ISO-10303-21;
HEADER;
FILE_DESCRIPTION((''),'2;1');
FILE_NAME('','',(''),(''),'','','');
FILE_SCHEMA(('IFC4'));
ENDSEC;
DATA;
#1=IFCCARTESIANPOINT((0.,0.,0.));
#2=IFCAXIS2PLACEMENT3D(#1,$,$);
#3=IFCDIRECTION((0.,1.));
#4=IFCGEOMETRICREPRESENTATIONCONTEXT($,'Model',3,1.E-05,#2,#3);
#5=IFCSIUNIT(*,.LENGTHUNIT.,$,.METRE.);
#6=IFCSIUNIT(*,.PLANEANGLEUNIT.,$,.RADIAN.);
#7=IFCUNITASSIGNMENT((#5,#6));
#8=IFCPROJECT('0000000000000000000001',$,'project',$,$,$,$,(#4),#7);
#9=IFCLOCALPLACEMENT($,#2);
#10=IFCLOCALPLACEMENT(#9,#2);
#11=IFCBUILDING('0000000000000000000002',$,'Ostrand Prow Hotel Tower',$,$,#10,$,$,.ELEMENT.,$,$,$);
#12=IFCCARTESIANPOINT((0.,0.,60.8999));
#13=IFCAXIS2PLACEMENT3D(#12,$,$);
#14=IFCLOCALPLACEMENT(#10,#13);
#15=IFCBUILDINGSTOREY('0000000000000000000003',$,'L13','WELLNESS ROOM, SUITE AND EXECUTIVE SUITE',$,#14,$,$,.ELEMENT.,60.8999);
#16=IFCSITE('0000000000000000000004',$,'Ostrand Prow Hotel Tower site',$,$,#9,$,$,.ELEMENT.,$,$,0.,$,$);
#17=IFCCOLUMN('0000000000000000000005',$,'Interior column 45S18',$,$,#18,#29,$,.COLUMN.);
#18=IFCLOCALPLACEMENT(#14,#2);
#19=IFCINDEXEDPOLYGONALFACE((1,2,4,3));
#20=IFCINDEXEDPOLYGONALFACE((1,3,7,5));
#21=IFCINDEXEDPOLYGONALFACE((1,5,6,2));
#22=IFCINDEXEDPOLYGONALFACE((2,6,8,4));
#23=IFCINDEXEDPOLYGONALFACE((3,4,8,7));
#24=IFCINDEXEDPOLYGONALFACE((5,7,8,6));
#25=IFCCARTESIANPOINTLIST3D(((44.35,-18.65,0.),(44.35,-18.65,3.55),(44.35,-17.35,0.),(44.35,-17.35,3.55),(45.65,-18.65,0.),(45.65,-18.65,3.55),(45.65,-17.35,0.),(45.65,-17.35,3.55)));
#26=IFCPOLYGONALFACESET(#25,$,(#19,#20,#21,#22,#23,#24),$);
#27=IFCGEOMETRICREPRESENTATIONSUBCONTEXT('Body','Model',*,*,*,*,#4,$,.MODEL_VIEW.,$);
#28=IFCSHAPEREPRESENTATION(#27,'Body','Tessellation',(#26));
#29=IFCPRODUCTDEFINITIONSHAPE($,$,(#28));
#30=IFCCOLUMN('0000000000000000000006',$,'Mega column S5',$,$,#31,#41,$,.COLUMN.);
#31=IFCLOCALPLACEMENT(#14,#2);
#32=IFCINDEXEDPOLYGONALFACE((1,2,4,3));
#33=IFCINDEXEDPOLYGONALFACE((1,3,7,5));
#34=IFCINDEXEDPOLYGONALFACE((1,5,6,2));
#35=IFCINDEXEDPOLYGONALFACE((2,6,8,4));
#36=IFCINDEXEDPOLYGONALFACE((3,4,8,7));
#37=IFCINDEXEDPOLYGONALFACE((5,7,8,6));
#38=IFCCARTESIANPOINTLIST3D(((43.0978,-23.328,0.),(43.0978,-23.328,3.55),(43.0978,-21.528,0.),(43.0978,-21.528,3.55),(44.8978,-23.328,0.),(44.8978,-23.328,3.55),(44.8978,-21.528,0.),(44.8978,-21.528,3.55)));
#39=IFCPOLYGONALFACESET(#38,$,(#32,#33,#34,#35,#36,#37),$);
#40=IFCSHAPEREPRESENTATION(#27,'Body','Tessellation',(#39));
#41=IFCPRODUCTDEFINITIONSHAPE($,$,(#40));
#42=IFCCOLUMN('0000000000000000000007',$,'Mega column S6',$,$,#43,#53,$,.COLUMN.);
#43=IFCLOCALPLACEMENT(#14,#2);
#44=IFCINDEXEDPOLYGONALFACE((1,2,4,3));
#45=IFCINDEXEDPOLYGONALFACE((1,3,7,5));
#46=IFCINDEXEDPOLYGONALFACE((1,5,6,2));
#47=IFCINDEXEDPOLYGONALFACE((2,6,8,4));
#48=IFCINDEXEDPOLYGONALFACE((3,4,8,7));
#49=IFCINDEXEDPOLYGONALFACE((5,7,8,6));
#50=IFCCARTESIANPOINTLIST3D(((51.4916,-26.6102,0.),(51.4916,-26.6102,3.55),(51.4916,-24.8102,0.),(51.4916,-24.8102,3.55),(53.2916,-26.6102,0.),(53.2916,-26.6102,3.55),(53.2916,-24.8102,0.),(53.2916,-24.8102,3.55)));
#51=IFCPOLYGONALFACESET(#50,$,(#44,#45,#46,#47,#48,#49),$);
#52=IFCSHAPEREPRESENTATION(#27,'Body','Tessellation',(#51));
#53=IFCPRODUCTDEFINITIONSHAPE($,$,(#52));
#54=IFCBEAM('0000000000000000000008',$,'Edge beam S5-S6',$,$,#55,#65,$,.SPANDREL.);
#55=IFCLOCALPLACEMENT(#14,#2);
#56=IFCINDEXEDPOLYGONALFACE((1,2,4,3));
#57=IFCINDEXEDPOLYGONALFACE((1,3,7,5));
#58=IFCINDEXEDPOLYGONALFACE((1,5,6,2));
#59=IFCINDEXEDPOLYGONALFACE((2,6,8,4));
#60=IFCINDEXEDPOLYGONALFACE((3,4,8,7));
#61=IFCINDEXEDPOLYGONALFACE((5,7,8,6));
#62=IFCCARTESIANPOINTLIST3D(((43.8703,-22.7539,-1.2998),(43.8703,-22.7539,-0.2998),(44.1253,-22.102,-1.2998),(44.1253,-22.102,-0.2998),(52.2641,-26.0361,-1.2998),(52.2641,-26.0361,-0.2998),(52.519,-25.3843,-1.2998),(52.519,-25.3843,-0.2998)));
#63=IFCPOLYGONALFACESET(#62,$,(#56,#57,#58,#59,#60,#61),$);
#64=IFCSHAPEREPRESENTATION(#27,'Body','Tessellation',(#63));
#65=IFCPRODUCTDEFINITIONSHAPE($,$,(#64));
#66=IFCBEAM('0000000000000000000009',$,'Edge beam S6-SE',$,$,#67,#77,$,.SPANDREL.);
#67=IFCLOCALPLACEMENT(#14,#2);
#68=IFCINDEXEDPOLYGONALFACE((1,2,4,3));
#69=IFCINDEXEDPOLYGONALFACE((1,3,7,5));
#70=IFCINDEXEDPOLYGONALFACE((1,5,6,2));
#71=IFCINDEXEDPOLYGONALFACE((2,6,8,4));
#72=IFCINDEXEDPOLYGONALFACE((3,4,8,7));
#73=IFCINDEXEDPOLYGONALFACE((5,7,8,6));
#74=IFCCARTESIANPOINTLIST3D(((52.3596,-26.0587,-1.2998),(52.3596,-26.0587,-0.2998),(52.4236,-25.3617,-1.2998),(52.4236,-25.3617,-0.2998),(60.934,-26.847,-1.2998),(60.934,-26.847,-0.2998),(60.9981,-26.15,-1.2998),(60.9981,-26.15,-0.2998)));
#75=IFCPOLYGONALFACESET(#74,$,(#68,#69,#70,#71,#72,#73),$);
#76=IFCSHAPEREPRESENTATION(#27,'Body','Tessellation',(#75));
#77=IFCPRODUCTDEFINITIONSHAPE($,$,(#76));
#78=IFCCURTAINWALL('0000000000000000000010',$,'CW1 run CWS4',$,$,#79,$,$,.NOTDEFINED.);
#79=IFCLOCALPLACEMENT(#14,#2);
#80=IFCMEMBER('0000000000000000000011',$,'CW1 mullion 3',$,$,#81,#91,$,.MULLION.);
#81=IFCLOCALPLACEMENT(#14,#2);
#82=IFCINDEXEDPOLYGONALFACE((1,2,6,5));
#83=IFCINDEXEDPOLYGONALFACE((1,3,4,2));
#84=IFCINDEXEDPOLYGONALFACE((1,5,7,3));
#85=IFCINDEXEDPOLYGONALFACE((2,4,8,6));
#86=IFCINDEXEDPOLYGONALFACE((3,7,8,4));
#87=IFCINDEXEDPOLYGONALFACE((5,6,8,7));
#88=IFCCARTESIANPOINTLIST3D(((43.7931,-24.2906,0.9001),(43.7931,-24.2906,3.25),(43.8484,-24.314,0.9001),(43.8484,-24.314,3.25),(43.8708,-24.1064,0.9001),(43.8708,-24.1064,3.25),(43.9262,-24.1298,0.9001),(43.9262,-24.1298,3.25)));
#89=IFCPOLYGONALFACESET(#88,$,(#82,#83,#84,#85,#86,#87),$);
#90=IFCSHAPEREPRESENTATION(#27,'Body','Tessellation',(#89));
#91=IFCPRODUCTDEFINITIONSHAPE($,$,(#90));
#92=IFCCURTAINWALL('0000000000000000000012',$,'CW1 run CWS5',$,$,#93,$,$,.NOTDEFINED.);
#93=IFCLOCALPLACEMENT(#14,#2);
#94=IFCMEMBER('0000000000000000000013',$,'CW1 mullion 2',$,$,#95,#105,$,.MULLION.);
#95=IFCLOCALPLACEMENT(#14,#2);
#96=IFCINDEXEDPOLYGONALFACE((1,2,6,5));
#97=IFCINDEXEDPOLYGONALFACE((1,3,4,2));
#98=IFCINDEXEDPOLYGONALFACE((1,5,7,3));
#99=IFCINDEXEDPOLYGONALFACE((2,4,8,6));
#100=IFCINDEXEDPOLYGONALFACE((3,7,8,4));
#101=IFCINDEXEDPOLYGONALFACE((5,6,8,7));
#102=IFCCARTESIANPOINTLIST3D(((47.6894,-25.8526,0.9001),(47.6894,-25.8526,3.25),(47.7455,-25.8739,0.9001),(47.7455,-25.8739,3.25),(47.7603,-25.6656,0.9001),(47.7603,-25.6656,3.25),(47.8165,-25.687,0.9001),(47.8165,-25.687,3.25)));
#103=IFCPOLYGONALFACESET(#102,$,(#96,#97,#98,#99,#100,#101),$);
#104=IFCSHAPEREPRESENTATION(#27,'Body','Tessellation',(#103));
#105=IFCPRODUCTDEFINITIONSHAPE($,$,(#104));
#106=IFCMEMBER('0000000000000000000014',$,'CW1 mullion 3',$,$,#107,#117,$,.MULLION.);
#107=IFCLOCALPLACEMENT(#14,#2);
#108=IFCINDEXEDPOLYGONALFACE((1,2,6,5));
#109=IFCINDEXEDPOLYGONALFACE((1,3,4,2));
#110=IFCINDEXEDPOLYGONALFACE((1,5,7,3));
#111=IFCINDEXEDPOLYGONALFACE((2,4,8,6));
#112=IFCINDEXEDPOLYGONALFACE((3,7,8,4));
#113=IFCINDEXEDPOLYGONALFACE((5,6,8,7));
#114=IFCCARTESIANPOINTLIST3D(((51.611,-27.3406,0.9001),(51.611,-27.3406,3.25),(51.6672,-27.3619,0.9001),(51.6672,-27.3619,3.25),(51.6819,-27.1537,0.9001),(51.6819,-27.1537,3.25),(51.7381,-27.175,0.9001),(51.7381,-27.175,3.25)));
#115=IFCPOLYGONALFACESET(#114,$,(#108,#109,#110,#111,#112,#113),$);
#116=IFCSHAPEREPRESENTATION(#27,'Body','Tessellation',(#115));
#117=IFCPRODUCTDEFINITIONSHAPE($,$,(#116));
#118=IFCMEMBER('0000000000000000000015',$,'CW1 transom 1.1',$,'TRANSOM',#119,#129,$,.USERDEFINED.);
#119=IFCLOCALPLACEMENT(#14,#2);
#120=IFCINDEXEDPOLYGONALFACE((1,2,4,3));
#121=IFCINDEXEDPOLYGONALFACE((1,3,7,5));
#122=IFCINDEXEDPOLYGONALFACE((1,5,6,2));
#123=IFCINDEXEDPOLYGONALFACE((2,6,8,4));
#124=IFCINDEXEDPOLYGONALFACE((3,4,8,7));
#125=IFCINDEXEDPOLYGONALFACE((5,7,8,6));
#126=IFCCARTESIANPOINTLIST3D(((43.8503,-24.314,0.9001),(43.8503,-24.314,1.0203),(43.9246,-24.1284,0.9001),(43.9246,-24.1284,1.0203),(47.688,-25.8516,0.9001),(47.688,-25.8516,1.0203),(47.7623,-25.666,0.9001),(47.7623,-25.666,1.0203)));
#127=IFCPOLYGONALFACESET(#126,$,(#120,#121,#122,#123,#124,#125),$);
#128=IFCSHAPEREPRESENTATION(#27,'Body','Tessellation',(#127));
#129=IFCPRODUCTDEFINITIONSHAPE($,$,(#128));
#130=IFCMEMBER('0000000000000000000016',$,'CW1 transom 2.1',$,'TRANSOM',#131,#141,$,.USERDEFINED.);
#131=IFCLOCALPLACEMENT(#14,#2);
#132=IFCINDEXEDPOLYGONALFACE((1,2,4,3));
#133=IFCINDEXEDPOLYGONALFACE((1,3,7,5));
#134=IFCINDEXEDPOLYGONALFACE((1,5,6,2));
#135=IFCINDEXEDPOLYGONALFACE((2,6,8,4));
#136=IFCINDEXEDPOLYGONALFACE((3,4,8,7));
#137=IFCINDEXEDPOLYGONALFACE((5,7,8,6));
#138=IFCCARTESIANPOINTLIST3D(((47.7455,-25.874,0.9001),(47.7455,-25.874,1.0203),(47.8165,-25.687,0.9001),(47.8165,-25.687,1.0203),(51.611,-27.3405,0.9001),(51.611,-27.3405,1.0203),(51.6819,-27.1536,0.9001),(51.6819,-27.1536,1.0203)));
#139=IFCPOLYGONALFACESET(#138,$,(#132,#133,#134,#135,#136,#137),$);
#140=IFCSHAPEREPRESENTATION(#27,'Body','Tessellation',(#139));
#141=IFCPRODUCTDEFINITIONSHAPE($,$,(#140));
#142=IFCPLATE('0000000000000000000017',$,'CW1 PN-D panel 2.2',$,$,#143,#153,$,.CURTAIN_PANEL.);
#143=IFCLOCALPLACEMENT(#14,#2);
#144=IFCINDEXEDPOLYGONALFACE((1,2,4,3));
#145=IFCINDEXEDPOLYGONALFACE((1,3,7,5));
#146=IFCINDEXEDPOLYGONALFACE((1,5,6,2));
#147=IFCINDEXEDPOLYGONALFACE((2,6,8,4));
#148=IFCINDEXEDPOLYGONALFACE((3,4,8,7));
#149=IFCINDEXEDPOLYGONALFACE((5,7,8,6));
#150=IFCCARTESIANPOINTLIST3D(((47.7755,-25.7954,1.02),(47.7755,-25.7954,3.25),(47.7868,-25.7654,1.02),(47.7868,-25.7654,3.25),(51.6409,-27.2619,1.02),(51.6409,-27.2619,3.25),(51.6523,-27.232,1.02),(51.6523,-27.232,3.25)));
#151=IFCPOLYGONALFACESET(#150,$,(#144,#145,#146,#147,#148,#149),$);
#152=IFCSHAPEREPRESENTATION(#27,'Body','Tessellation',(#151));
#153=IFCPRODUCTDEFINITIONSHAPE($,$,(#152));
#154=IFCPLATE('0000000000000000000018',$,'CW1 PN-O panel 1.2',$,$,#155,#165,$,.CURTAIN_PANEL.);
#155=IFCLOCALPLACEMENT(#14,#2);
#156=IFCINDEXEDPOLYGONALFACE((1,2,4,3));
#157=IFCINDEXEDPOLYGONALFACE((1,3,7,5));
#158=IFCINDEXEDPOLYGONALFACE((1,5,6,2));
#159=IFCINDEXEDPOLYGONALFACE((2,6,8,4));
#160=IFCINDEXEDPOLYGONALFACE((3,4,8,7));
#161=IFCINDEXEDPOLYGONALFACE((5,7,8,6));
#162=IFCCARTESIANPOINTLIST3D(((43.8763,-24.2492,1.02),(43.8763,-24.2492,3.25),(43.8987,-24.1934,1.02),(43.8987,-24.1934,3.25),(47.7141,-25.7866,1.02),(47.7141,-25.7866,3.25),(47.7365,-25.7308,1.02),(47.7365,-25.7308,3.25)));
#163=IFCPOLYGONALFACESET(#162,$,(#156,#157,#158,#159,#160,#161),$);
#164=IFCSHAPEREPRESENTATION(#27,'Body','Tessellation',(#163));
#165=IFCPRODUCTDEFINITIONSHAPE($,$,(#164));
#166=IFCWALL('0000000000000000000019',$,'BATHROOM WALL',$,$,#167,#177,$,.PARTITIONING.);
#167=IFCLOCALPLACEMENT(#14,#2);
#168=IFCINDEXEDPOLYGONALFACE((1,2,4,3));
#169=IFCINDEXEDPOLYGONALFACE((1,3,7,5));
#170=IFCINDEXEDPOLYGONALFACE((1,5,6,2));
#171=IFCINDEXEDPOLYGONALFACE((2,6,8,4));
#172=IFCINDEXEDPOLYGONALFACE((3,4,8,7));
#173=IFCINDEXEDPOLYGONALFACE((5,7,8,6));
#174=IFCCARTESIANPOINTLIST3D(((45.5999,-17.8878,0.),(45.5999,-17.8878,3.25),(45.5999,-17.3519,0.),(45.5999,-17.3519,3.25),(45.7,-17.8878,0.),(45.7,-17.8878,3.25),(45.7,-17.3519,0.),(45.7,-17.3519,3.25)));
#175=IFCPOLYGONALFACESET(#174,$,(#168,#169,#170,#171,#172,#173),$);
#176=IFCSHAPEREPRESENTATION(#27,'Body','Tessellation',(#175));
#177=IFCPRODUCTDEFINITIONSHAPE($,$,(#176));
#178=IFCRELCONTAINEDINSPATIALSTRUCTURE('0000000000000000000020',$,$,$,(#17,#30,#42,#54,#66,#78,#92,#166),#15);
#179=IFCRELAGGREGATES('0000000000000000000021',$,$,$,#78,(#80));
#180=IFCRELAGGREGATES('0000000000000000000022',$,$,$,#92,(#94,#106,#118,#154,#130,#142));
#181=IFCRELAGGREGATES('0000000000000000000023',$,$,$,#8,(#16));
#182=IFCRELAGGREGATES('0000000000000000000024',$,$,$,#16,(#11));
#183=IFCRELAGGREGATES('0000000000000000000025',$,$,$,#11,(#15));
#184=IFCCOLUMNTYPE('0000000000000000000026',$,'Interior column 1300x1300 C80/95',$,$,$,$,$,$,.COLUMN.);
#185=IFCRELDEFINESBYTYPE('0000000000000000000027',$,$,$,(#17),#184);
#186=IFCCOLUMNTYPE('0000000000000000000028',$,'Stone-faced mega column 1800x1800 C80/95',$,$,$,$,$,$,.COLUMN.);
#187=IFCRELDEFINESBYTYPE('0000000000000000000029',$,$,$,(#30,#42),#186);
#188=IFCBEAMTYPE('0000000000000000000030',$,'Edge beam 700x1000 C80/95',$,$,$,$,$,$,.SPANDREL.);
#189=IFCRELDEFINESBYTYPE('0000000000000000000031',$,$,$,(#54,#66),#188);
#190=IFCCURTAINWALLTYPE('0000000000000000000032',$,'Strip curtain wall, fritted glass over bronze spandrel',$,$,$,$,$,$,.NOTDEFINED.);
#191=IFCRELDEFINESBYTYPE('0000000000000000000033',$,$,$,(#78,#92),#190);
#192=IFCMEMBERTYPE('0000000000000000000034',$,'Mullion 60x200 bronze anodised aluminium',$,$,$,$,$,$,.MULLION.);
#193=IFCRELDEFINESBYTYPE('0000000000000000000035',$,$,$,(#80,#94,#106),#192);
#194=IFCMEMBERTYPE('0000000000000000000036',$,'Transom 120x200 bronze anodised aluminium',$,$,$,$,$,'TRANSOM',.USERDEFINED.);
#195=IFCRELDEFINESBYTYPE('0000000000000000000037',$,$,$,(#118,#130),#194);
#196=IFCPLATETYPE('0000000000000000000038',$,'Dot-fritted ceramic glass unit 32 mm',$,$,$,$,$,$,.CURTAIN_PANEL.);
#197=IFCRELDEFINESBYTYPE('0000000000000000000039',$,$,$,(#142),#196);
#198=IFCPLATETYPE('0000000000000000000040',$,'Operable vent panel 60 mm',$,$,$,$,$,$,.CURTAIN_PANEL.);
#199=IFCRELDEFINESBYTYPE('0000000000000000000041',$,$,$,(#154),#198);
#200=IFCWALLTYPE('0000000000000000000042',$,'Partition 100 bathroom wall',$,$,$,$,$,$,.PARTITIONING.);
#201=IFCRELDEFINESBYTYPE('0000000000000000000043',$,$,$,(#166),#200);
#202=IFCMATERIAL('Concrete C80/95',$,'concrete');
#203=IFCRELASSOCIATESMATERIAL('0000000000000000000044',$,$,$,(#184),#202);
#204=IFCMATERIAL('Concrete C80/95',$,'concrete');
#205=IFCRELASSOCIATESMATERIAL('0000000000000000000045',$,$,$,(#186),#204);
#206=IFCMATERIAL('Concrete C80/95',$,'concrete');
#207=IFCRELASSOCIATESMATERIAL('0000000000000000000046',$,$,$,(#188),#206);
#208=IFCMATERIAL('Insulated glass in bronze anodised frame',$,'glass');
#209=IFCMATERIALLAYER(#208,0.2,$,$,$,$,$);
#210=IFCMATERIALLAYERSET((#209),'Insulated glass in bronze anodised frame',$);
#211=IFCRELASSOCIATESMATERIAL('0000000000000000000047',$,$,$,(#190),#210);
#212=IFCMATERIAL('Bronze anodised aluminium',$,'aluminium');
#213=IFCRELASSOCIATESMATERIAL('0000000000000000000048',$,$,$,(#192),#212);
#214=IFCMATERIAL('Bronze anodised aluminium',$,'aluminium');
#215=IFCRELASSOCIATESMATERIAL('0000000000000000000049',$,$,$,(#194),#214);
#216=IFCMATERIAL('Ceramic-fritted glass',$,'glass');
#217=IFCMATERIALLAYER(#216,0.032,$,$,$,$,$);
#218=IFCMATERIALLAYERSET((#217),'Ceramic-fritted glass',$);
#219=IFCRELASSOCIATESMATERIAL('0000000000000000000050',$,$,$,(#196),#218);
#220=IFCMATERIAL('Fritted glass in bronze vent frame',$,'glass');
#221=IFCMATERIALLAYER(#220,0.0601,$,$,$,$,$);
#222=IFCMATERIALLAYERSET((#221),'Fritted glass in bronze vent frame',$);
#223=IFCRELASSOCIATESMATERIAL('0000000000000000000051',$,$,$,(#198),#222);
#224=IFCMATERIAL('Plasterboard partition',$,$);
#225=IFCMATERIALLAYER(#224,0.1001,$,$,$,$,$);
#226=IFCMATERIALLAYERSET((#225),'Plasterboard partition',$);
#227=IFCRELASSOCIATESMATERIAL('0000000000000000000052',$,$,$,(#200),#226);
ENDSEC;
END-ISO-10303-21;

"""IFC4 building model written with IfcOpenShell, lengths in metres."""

from ifc_helpers import new_model, si_unit, direction, frame, frame_2d, origin, origin_2d, place, context, subcontext, project, spatial, rectangle, extrude, material, layer, layer_set, material_profile, profile_set, type_object, element, aggregate, save


model = new_model("IFC4")

# Units and contexts
model_context = context("Model", 3, precision=1e-05, world=origin(), true_north=direction((0.0, 1.0)))
body_context = subcontext(model_context, "Body", "Model", "MODEL_VIEW")
ifc_project = project(units=[si_unit("LENGTHUNIT", "METRE"), si_unit("PLANEANGLEUNIT", "RADIAN")], contexts=[model_context])

# Site, building, storey
site_placement = place(None, origin())
site = spatial("IfcSite", under=ifc_project, at=site_placement, Name="Ostrand Prow Hotel Tower site", CompositionType="ELEMENT", RefElevation=0.0)
building_placement = place(site_placement, origin())
building = spatial("IfcBuilding", under=site, at=building_placement, Name="Ostrand Prow Hotel Tower", CompositionType="ELEMENT")
storey_placement = place(building_placement, frame((0.0, 0.0, 60.8999)))
storey = spatial("IfcBuildingStorey", under=building, at=storey_placement, Name="L13", Description="WELLNESS ROOM, SUITE AND EXECUTIVE SUITE", CompositionType="ELEMENT", Elevation=60.8999)

# Columns
ifc_material_1 = material(Name="Concrete C80/95", Category="concrete")
ifc_material_profile_1 = material_profile(ifc_material_1, rectangle(XDim=1.3, YDim=1.3, at=origin_2d()), Name="RC 1300x1300")
ifc_profile_set_1 = profile_set([ifc_material_profile_1], Name="Concrete C80/95")
column_type_1 = type_object("IfcColumnType", Name="Interior column 1300x1300 C80/95", PredefinedType="COLUMN", material=ifc_profile_set_1)
column_placement = place(storey_placement, frame((45.0, -18.0, 0.0), z_axis=(0.0, 0.0, 1.0), x_axis=(1.0, 0.0, 0.0)))
element("IfcColumn", 1, at=column_placement, inside=storey, type_object=column_type_1, Name="Interior column 45S18", PredefinedType="COLUMN", context=body_context, shape_type="SweptSolid", body=[
    extrude(rectangle(XDim=1.3, YDim=1.3, at=origin_2d()), origin(), (0.0, 0.0, 1.0), 3.55),
])
ifc_material_2 = material(Name="Concrete C80/95", Category="concrete")
ifc_material_profile_2 = material_profile(ifc_material_2, rectangle(XDim=1.8, YDim=1.8, at=origin_2d()), Name="RC 1800x1800")
ifc_profile_set_2 = profile_set([ifc_material_profile_2], Name="Concrete C80/95")
column_type_2 = type_object("IfcColumnType", Name="Stone-faced mega column 1800x1800 C80/95", PredefinedType="COLUMN", material=ifc_profile_set_2)
for number, where, z_axis, x_axis, name in (
    (2, (43.9978, -22.428, 0.0), (0.0, 0.0, 1.0), (1.0, 0.0, 0.0), "Mega column S5"),
    (3, (52.3916, -25.7102, 0.0), (0.0, 0.0, 1.0), (1.0, 0.0, 0.0), "Mega column S6"),
):
    element("IfcColumn", number, at=place(storey_placement, frame(where, z_axis=z_axis, x_axis=x_axis)), inside=storey, type_object=column_type_2, Name=name, PredefinedType="COLUMN", context=body_context, shape_type="SweptSolid", body=[
        extrude(rectangle(XDim=1.8, YDim=1.8, at=origin_2d()), origin(), (0.0, 0.0, 1.0), 3.55),
    ])

# Beams
ifc_material_3 = material(Name="Concrete C80/95", Category="concrete")
ifc_material_profile_3 = material_profile(ifc_material_3, rectangle(XDim=0.7, YDim=1.0, at=origin_2d()), Name="RC 700x1000")
ifc_profile_set_3 = profile_set([ifc_material_profile_3], Name="Concrete C80/95")
beam_type = type_object("IfcBeamType", Name="Edge beam 700x1000 C80/95", PredefinedType="SPANDREL", material=ifc_profile_set_3)
beam_1_placement = place(storey_placement, frame((43.9978, -22.428, -0.7998), z_axis=(0.931329, -0.364178, 0.0), x_axis=(0.364178, 0.931329, 0.0)))
element("IfcBeam", 4, at=beam_1_placement, inside=storey, type_object=beam_type, Name="Edge beam S5-S6", PredefinedType="SPANDREL", context=body_context, shape_type="SweptSolid", body=[
    extrude(rectangle(XDim=0.7, YDim=1.0, at=origin_2d()), origin(), (0.0, 0.0, 1.0), 9.0127),
])
beam_2_placement = place(storey_placement, frame((52.3916, -25.7102, -0.7998), z_axis=(0.9958, -0.091553, 0.0), x_axis=(0.091553, 0.9958, 0.0)))
element("IfcBeam", 5, at=beam_2_placement, inside=storey, type_object=beam_type, Name="Edge beam S6-SE", PredefinedType="SPANDREL", context=body_context, shape_type="SweptSolid", body=[
    extrude(rectangle(XDim=0.7, YDim=1.0, at=origin_2d()), origin(), (0.0, 0.0, 1.0), 8.6106),
])

# Curtain wall, member
ifc_material_4 = material(Name="Insulated glass in bronze anodised frame", Category="glass")
ifc_layer_1 = layer(ifc_material_4, 0.2)
ifc_layer_set_1 = layer_set([ifc_layer_1], Name="Insulated glass in bronze anodised frame")
curtain_wall_type = type_object("IfcCurtainWallType", Name="Strip curtain wall, fritted glass over bronze spandrel", PredefinedType="NOTDEFINED", material=ifc_layer_set_1)
curtain_wall_1_placement = place(storey_placement, origin())
curtain_wall_1 = element("IfcCurtainWall", 6, at=curtain_wall_1_placement, inside=storey, type_object=curtain_wall_type, Name="CW1 run CWS4", PredefinedType="NOTDEFINED")
ifc_material_5 = material(Name="Bronze anodised aluminium", Category="aluminium")
ifc_material_profile_4 = material_profile(ifc_material_5, rectangle(XDim=0.2, YDim=0.0601, at=origin_2d()), Name="Mullion 60x200 bronze anodised aluminium")
ifc_profile_set_4 = profile_set([ifc_material_profile_4], Name="Bronze anodised aluminium")
member_type_1 = type_object("IfcMemberType", Name="Mullion 60x200 bronze anodised aluminium", PredefinedType="MULLION", material=ifc_profile_set_4)
member_1_placement = place(storey_placement, frame((43.8596, -24.2102, 0.9001), z_axis=(0.0, 0.0, 1.0), x_axis=(0.388892, 0.921283, 0.0)))
member_1 = element("IfcMember", 7, at=member_1_placement, type_object=member_type_1, Name="CW1 mullion 3", PredefinedType="MULLION", context=body_context, shape_type="SweptSolid", body=[
    extrude(rectangle(XDim=0.2, YDim=0.0601, at=origin_2d()), origin(), (0.0, 0.0, 1.0), 2.3499),
])
aggregate(curtain_wall_1, [member_1])

# Curtain wall, members, plates
curtain_wall_2_placement = place(storey_placement, origin())
curtain_wall_2 = element("IfcCurtainWall", 8, at=curtain_wall_2_placement, inside=storey, type_object=curtain_wall_type, Name="CW1 run CWS5", PredefinedType="NOTDEFINED")
member_2_placement = place(storey_placement, frame((47.7529, -25.7698, 0.9001), z_axis=(0.0, 0.0, 1.0), x_axis=(0.354728, 0.934969, 0.0)))
member_2 = element("IfcMember", 9, at=member_2_placement, type_object=member_type_1, Name="CW1 mullion 2", PredefinedType="MULLION", context=body_context, shape_type="SweptSolid", body=[
    extrude(rectangle(XDim=0.2, YDim=0.0601, at=origin_2d()), origin(), (0.0, 0.0, 1.0), 2.3499),
])
member_3_placement = place(storey_placement, frame((51.6746, -27.2578, 0.9001), z_axis=(0.0, 0.0, 1.0), x_axis=(0.354728, 0.934969, 0.0)))
member_3 = element("IfcMember", 10, at=member_3_placement, type_object=member_type_1, Name="CW1 mullion 3", PredefinedType="MULLION", context=body_context, shape_type="SweptSolid", body=[
    extrude(rectangle(XDim=0.2, YDim=0.0601, at=origin_2d()), origin(), (0.0, 0.0, 1.0), 2.3499),
])
ifc_material_6 = material(Name="Bronze anodised aluminium", Category="aluminium")
ifc_material_profile_5 = material_profile(ifc_material_6, rectangle(XDim=0.2, YDim=0.1201, at=origin_2d()), Name="Transom 120x200 bronze anodised aluminium")
ifc_profile_set_5 = profile_set([ifc_material_profile_5], Name="Bronze anodised aluminium")
member_type_2 = type_object("IfcMemberType", Name="Transom 120x200 bronze anodised aluminium", ElementType="TRANSOM", PredefinedType="USERDEFINED", material=ifc_profile_set_5)
member_4_placement = place(storey_placement, frame((43.8875, -24.2212, 0.9602), z_axis=(0.928265, -0.37192, 0.0), x_axis=(0.37192, 0.928265, 0.0)))
member_4 = element("IfcMember", 11, at=member_4_placement, type_object=member_type_2, Name="CW1 transom 1.1", ObjectType="TRANSOM", PredefinedType="USERDEFINED", context=body_context, shape_type="SweptSolid", body=[
    extrude(rectangle(XDim=0.2, YDim=0.1201, at=origin_2d()), origin(), (0.0, 0.0, 1.0), 4.1343),
])
member_5_placement = place(storey_placement, frame((47.781, -25.7805, 0.9602), z_axis=(0.934971, -0.354725, 0.0), x_axis=(0.354725, 0.934971, 0.0)))
member_5 = element("IfcMember", 12, at=member_5_placement, type_object=member_type_2, Name="CW1 transom 2.1", ObjectType="TRANSOM", PredefinedType="USERDEFINED", context=body_context, shape_type="SweptSolid", body=[
    extrude(rectangle(XDim=0.2, YDim=0.1201, at=origin_2d()), origin(), (0.0, 0.0, 1.0), 4.1343),
])
ifc_material_7 = material(Name="Ceramic-fritted glass", Category="glass")
ifc_layer_2 = layer(ifc_material_7, 0.032)
ifc_layer_set_2 = layer_set([ifc_layer_2], Name="Ceramic-fritted glass")
plate_type_1 = type_object("IfcPlateType", Name="Dot-fritted ceramic glass unit 32 mm", PredefinedType="CURTAIN_PANEL", material=ifc_layer_set_2)
plate_1_placement = place(storey_placement, frame((49.7139, -26.5137, 1.02), z_axis=(0.0, 0.0, 1.0), x_axis=(0.934969, -0.354728, 0.0)))
plate_1 = element("IfcPlate", 13, at=plate_1_placement, type_object=plate_type_1, Name="CW1 PN-D panel 2.2", PredefinedType="CURTAIN_PANEL", context=body_context, shape_type="SweptSolid", body=[
    extrude(rectangle(XDim=4.1343, YDim=0.032, at=origin_2d()), origin(), (0.0, 0.0, 1.0), 2.23),
])
ifc_material_8 = material(Name="Fritted glass in bronze vent frame", Category="glass")
ifc_layer_3 = layer(ifc_material_8, 0.0601)
ifc_layer_set_3 = layer_set([ifc_layer_3], Name="Fritted glass in bronze vent frame")
plate_type_2 = type_object("IfcPlateType", Name="Operable vent panel 60 mm", PredefinedType="CURTAIN_PANEL", material=ifc_layer_set_3)
plate_2_placement = place(storey_placement, frame((45.8064, -24.99, 1.02), z_axis=(0.0, 0.0, 1.0), x_axis=(0.928283, -0.371873, 0.0)))
plate_2 = element("IfcPlate", 14, at=plate_2_placement, type_object=plate_type_2, Name="CW1 PN-O panel 1.2", PredefinedType="CURTAIN_PANEL", context=body_context, shape_type="SweptSolid", body=[
    extrude(rectangle(XDim=4.1343, YDim=0.0601, at=origin_2d()), origin(), (0.0, 0.0, 1.0), 2.23),
])
aggregate(curtain_wall_2, [member_2, member_3, member_4, plate_2, member_5, plate_1])

# Wall
ifc_material_9 = material(Name="Plasterboard partition")
ifc_layer_4 = layer(ifc_material_9, 0.1001)
ifc_layer_set_4 = layer_set([ifc_layer_4], Name="Plasterboard partition")
wall_type_1 = type_object("IfcWallType", Name="Partition 100 bathroom wall", PredefinedType="PARTITIONING", material=ifc_layer_set_4)
wall_1_placement = place(storey_placement, frame((45.6499, -17.8879, 0.0), z_axis=(0.0, 0.0, 1.0), x_axis=(0.0, 1.0, 0.0)))
element("IfcWall", 15, at=wall_1_placement, inside=storey, type_object=wall_type_1, Name="BATHROOM WALL", PredefinedType="PARTITIONING", context=body_context, shape_type="SweptSolid", body=[
    extrude(rectangle(XDim=0.5359, YDim=0.1001, at=frame_2d((0.2681, 0.0))), origin(), (0.0, 0.0, 1.0), 3.25),
])

save(model, "model.ifc")
